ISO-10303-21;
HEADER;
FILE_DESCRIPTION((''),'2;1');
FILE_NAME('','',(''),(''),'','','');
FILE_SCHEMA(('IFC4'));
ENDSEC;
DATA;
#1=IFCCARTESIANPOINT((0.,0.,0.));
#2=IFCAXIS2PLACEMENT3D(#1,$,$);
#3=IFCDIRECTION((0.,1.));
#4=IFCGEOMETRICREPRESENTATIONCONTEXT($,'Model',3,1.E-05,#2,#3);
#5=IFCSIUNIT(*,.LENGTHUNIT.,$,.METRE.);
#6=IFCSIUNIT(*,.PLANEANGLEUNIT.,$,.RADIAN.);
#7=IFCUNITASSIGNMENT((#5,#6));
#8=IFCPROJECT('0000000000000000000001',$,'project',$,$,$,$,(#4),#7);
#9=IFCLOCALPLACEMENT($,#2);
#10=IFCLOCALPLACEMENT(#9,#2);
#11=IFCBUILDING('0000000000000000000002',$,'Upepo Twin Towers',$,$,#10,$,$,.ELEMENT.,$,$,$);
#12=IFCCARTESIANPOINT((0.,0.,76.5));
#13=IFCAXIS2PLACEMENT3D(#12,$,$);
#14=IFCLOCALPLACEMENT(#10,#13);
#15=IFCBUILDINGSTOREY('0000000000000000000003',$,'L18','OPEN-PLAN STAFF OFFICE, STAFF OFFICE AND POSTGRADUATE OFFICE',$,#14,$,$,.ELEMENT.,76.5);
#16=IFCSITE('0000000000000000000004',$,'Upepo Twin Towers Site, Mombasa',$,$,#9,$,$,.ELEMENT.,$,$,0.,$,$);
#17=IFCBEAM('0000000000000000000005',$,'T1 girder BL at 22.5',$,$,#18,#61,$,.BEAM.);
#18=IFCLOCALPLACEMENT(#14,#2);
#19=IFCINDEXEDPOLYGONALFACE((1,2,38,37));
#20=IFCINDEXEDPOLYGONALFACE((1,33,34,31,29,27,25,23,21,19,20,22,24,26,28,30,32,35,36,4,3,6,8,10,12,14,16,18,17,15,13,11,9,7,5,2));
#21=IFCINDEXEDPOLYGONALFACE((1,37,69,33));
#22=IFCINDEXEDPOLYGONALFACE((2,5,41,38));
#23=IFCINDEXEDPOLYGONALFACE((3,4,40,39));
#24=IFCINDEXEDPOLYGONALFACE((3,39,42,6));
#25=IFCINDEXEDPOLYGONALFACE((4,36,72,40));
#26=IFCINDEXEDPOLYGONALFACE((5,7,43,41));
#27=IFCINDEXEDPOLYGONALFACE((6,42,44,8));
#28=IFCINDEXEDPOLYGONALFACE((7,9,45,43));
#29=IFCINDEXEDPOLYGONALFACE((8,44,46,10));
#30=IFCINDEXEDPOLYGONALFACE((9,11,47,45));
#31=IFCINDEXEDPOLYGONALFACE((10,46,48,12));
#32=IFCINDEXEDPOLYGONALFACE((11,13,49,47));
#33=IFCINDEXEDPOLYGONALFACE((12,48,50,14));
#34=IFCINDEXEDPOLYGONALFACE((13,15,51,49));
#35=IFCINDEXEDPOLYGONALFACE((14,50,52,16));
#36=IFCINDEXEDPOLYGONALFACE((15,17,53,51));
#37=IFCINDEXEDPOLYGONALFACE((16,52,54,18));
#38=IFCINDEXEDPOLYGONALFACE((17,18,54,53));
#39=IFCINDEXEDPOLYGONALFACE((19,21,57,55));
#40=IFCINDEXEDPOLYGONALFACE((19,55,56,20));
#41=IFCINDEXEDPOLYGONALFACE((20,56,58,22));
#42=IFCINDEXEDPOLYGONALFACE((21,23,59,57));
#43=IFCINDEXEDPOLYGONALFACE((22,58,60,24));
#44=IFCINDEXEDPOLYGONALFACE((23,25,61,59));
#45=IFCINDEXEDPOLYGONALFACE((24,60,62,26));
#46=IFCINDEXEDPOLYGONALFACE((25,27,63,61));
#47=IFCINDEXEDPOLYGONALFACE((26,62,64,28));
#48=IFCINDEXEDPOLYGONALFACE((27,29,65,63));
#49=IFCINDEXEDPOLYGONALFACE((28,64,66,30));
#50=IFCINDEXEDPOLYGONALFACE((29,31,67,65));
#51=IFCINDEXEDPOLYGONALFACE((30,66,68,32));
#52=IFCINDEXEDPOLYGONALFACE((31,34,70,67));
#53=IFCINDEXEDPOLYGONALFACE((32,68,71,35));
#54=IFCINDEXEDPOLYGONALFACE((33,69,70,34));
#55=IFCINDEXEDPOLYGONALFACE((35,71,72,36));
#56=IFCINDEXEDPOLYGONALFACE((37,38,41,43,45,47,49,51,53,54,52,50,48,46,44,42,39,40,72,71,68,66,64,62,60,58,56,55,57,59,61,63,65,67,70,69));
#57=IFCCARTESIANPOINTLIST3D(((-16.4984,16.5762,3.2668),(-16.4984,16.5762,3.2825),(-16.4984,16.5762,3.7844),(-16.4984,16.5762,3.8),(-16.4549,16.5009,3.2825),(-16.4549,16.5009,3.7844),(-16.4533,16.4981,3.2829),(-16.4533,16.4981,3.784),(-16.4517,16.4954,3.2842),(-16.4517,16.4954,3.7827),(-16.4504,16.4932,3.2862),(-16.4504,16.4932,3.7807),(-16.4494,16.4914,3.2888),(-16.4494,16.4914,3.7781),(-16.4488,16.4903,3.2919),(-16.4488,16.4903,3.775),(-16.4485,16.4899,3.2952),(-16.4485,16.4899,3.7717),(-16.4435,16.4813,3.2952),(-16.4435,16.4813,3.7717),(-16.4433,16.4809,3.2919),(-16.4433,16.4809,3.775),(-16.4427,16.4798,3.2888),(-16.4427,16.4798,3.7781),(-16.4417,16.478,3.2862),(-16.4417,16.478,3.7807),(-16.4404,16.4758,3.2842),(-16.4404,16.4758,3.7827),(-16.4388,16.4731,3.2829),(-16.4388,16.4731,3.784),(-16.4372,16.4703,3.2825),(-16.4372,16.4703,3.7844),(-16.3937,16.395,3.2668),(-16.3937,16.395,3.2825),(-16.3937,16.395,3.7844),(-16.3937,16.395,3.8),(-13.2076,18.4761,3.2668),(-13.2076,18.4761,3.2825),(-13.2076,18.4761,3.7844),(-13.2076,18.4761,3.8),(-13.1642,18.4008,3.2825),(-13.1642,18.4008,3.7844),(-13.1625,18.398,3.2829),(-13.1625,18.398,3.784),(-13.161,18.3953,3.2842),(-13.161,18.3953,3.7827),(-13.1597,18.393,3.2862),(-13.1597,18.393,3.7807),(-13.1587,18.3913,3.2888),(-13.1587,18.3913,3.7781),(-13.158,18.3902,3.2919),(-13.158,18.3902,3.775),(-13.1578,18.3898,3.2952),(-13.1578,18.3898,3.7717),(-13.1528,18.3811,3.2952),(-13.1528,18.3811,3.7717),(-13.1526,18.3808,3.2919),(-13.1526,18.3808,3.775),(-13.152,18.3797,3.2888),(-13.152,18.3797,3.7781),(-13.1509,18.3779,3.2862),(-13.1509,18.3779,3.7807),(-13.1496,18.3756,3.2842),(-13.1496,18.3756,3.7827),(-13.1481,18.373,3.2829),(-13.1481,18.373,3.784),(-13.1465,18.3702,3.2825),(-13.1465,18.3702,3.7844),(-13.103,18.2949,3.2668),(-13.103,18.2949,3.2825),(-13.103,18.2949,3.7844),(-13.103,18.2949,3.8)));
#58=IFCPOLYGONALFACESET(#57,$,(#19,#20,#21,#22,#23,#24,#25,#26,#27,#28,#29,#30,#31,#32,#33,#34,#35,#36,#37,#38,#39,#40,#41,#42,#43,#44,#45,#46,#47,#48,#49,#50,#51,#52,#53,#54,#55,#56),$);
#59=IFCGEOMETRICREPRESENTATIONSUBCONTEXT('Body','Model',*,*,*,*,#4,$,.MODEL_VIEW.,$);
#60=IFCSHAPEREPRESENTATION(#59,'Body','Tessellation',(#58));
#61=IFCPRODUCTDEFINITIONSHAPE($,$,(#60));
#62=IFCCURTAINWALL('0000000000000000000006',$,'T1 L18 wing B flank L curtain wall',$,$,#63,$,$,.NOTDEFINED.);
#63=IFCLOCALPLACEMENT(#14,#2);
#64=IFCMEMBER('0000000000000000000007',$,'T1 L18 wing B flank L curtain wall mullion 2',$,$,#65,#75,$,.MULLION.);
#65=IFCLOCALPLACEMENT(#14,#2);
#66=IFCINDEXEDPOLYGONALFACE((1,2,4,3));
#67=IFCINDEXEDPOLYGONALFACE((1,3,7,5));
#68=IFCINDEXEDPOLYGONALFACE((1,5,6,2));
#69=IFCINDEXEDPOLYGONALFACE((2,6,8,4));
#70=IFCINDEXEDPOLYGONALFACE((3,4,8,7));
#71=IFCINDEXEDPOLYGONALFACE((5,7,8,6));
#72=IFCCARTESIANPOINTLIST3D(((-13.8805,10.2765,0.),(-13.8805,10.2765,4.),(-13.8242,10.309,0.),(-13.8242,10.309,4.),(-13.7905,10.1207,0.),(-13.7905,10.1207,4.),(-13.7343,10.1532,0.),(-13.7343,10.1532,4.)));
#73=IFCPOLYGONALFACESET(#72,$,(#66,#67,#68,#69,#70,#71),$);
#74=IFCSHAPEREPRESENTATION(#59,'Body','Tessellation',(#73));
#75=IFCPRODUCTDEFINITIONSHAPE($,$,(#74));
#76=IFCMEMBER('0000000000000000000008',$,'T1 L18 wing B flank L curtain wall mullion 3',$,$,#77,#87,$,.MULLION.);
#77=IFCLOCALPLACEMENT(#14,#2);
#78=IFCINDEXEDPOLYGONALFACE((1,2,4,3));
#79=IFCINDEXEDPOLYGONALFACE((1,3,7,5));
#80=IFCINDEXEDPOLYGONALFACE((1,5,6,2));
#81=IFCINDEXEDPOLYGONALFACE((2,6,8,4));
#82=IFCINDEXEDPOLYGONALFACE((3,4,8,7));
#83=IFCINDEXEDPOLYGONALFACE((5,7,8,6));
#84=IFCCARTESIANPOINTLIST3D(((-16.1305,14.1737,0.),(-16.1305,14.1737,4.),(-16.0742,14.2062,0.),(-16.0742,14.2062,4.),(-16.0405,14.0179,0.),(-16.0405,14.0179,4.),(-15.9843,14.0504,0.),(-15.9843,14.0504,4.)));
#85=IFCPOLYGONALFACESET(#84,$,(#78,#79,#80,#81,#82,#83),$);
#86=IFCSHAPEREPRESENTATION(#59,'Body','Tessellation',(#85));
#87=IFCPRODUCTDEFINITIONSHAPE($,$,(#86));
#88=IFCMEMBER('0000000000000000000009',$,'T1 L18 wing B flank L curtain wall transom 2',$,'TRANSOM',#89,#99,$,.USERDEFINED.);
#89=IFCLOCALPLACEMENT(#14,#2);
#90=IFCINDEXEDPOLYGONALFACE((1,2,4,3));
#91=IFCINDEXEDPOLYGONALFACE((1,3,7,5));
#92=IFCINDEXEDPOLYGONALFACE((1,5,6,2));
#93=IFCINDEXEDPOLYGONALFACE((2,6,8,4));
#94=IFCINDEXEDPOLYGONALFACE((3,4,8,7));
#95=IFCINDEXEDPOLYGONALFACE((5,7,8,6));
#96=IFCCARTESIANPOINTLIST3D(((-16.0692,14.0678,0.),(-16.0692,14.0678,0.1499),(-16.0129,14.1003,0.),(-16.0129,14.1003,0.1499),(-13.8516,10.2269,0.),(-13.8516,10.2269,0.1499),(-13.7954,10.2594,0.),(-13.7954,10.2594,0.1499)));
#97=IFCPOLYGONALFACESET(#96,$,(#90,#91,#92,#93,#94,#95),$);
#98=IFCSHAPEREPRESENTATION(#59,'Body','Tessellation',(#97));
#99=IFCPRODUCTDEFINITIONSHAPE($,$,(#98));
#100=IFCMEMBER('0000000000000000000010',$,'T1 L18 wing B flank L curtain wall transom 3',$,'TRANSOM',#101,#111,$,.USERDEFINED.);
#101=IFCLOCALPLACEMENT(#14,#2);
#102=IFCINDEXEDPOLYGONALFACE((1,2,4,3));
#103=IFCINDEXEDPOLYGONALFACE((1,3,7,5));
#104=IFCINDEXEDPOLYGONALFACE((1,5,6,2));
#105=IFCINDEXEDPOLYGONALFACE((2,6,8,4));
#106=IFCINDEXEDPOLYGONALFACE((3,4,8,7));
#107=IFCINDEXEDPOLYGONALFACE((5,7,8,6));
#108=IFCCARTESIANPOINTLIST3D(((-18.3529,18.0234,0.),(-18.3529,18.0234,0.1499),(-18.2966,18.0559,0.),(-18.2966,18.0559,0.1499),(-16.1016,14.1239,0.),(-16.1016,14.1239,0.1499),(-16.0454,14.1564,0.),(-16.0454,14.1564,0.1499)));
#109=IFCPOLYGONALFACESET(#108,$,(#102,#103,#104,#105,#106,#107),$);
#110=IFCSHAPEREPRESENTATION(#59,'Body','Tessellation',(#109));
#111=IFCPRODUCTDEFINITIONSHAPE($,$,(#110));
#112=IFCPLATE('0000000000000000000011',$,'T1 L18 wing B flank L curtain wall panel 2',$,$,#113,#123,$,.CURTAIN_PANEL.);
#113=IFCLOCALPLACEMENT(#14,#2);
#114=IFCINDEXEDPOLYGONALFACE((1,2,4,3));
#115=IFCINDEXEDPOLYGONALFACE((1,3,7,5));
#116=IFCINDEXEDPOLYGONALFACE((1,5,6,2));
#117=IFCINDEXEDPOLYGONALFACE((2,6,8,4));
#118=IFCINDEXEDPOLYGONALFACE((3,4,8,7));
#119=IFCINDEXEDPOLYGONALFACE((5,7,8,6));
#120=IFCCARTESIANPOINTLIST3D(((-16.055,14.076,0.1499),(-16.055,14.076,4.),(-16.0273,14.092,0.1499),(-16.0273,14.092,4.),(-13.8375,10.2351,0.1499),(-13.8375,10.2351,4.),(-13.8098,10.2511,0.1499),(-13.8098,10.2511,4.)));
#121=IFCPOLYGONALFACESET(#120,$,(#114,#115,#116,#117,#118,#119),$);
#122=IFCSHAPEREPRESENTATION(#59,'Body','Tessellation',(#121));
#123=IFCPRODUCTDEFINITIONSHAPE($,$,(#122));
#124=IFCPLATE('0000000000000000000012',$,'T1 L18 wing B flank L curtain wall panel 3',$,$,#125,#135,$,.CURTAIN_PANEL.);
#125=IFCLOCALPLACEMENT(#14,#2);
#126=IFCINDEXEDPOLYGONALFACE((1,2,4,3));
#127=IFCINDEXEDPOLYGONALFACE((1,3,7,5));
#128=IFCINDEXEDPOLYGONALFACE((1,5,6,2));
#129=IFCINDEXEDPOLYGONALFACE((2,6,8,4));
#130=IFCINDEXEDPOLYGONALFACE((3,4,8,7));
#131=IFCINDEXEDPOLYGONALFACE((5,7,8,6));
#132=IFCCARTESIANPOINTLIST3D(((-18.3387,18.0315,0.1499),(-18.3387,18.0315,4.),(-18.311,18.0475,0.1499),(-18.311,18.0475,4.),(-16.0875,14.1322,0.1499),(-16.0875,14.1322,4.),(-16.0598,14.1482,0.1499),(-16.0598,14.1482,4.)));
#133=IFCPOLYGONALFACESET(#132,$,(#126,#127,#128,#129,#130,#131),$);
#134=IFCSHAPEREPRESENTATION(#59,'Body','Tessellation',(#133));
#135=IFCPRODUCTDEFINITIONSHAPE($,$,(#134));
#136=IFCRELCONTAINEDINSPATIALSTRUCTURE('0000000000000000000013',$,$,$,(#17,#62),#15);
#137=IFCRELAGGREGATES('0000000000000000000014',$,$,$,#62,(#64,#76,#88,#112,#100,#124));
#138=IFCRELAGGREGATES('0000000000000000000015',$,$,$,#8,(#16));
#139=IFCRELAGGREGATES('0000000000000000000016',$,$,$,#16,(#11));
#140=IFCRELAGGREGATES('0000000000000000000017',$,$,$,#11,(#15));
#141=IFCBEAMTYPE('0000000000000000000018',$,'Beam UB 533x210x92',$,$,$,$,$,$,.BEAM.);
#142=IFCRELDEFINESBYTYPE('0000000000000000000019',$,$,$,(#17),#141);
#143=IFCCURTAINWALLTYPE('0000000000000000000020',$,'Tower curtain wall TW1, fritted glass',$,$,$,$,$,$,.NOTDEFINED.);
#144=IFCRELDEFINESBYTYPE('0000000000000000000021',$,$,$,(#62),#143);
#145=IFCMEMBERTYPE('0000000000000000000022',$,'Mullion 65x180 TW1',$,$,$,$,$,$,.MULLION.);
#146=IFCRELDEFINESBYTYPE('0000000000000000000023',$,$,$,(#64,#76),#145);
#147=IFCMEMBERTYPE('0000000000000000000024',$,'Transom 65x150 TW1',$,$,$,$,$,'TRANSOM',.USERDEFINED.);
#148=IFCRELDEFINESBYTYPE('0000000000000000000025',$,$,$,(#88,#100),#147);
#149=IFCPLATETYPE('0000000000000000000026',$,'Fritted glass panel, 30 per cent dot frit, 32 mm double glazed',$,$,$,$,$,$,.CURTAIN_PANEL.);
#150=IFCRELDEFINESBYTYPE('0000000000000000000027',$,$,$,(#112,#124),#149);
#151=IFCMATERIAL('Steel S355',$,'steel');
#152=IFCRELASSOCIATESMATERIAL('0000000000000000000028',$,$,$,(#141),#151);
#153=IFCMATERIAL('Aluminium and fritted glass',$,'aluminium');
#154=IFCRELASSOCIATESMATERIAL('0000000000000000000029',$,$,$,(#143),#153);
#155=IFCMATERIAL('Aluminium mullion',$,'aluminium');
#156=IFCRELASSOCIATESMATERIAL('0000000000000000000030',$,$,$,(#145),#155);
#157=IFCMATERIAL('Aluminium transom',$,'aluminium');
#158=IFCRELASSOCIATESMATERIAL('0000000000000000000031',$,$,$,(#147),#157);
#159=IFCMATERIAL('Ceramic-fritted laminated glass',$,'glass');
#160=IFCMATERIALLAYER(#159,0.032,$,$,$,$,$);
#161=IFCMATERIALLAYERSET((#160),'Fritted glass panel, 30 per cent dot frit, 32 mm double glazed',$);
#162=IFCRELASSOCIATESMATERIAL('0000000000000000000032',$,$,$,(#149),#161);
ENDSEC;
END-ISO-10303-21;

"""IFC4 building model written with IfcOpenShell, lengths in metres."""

from ifc_helpers import new_model, si_unit, direction, frame, origin, origin_2d, place, context, subcontext, project, spatial, rectangle, i_section, extrude, material, layer, layer_set, material_profile, profile_set, type_object, element, aggregate, save


model = new_model("IFC4")

# Units and contexts
model_context = context("Model", 3, precision=1e-05, world=origin(), true_north=direction((0.0, 1.0)))
body_context = subcontext(model_context, "Body", "Model", "MODEL_VIEW")
ifc_project = project(units=[si_unit("LENGTHUNIT", "METRE"), si_unit("PLANEANGLEUNIT", "RADIAN")], contexts=[model_context])

# Site, building, storey
site_placement = place(None, origin())
site = spatial("IfcSite", under=ifc_project, at=site_placement, Name="Upepo Twin Towers Site, Mombasa", CompositionType="ELEMENT", RefElevation=0.0)
building_placement = place(site_placement, origin())
building = spatial("IfcBuilding", under=site, at=building_placement, Name="Upepo Twin Towers", CompositionType="ELEMENT")
storey_placement = place(building_placement, frame((0.0, 0.0, 76.5)))
storey = spatial("IfcBuildingStorey", under=building, at=storey_placement, Name="L18", Description="OPEN-PLAN STAFF OFFICE, STAFF OFFICE AND POSTGRADUATE OFFICE", CompositionType="ELEMENT", Elevation=76.5)

# Beam
ifc_material_1 = material(Name="Steel S355", Category="steel")
ifc_material_profile_1 = material_profile(ifc_material_1, i_section(OverallWidth=0.2092, OverallDepth=0.5332, WebThickness=0.01, FlangeThickness=0.0156, FilletRadius=0.0127, at=origin_2d()), Name="UB 533x210x92")
ifc_profile_set_1 = profile_set([ifc_material_profile_1], Name="Steel S355")
beam_type_1 = type_object("IfcBeamType", Name="Beam UB 533x210x92", PredefinedType="BEAM", material=ifc_profile_set_1)
beam_1_placement = place(storey_placement, frame((-16.446, 16.4856, 3.5334), z_axis=(0.866028, 0.499995, 0.0), x_axis=(-0.499995, 0.866028, 0.0)))
element("IfcBeam", 1, at=beam_1_placement, inside=storey, type_object=beam_type_1, Name="T1 girder BL at 22.5", PredefinedType="BEAM", context=body_context, shape_type="SweptSolid", body=[
    extrude(i_section(OverallWidth=0.2092, OverallDepth=0.5332, WebThickness=0.01, FlangeThickness=0.0156, FilletRadius=0.0127, at=origin_2d()), origin(), (0.0, 0.0, 1.0), 3.7998),
])

# Curtain wall, members, plates
ifc_material_2 = material(Name="Aluminium and fritted glass", Category="aluminium")
curtain_wall_type = type_object("IfcCurtainWallType", Name="Tower curtain wall TW1, fritted glass", PredefinedType="NOTDEFINED", material=ifc_material_2)
curtain_wall_placement = place(storey_placement, origin())
curtain_wall = element("IfcCurtainWall", 2, at=curtain_wall_placement, inside=storey, type_object=curtain_wall_type, Name="T1 L18 wing B flank L curtain wall", PredefinedType="NOTDEFINED")
ifc_material_3 = material(Name="Aluminium mullion", Category="aluminium")
ifc_material_profile_2 = material_profile(ifc_material_3, rectangle(XDim=0.0649, YDim=0.1799, at=origin_2d()), Name="MULLION 65x180")
ifc_profile_set_2 = profile_set([ifc_material_profile_2], Name="Aluminium mullion")
member_type_1 = type_object("IfcMemberType", Name="Mullion 65x180 TW1", PredefinedType="MULLION", material=ifc_profile_set_2)
member_1_placement = place(storey_placement, frame((-13.8074, 10.2148, 0.0), z_axis=(0.0, 0.0, 1.0), x_axis=(-0.866025, -0.5, 0.0)))
member_1 = element("IfcMember", 3, at=member_1_placement, type_object=member_type_1, Name="T1 L18 wing B flank L curtain wall mullion 2", PredefinedType="MULLION", context=body_context, shape_type="SweptSolid", body=[
    extrude(rectangle(XDim=0.0649, YDim=0.1799, at=origin_2d()), origin(), (0.0, 0.0, 1.0), 4.0),
])
member_2_placement = place(storey_placement, frame((-16.0574, 14.1121, 0.0), z_axis=(0.0, 0.0, 1.0), x_axis=(-0.866025, -0.5, 0.0)))
member_2 = element("IfcMember", 4, at=member_2_placement, type_object=member_type_1, Name="T1 L18 wing B flank L curtain wall mullion 3", PredefinedType="MULLION", context=body_context, shape_type="SweptSolid", body=[
    extrude(rectangle(XDim=0.0649, YDim=0.1799, at=origin_2d()), origin(), (0.0, 0.0, 1.0), 4.0),
])
ifc_material_4 = material(Name="Aluminium transom", Category="aluminium")
ifc_material_profile_3 = material_profile(ifc_material_4, rectangle(XDim=0.0649, YDim=0.1499, at=origin_2d()), Name="TRANSOM 65x150")
ifc_profile_set_3 = profile_set([ifc_material_profile_3], Name="Aluminium transom")
member_type_2 = type_object("IfcMemberType", Name="Transom 65x150 TW1", ElementType="TRANSOM", PredefinedType="USERDEFINED", material=ifc_profile_set_3)
member_3_placement = place(storey_placement, frame((-13.8235, 10.2432, 0.075), z_axis=(-0.500005, 0.866022, 0.0), x_axis=(-0.866022, -0.500005, 0.0)))
member_3 = element("IfcMember", 5, at=member_3_placement, type_object=member_type_2, Name="T1 L18 wing B flank L curtain wall transom 2", ObjectType="TRANSOM", PredefinedType="USERDEFINED", context=body_context, shape_type="SweptSolid", body=[
    extrude(rectangle(XDim=0.0649, YDim=0.1499, at=origin_2d()), origin(), (0.0, 0.0, 1.0), 4.4351),
])
member_4_placement = place(storey_placement, frame((-16.0735, 14.1401, 0.075), z_axis=(-0.499982, 0.866036, 0.0), x_axis=(-0.866036, -0.499982, 0.0)))
member_4 = element("IfcMember", 6, at=member_4_placement, type_object=member_type_2, Name="T1 L18 wing B flank L curtain wall transom 3", ObjectType="TRANSOM", PredefinedType="USERDEFINED", context=body_context, shape_type="SweptSolid", body=[
    extrude(rectangle(XDim=0.0649, YDim=0.1499, at=origin_2d()), origin(), (0.0, 0.0, 1.0), 4.5027),
])
ifc_material_5 = material(Name="Ceramic-fritted laminated glass", Category="glass")
ifc_layer_1 = layer(ifc_material_5, 0.032)
ifc_layer_set_1 = layer_set([ifc_layer_1], Name="Fritted glass panel, 30 per cent dot frit, 32 mm double glazed")
plate_type = type_object("IfcPlateType", Name="Fritted glass panel, 30 per cent dot frit, 32 mm double glazed", PredefinedType="CURTAIN_PANEL", material=ifc_layer_set_1)
plate_1_placement = place(storey_placement, frame((-14.9324, 12.1636, 0.1499), z_axis=(0.0, 0.0, 1.0), x_axis=(-0.5, 0.866025, 0.0)))
plate_1 = element("IfcPlate", 7, at=plate_1_placement, type_object=plate_type, Name="T1 L18 wing B flank L curtain wall panel 2", PredefinedType="CURTAIN_PANEL", context=body_context, shape_type="SweptSolid", body=[
    extrude(rectangle(XDim=4.4351, YDim=0.032, at=origin_2d()), origin(), (0.0, 0.0, 1.0), 3.8501),
])
plate_2_placement = place(storey_placement, frame((-17.1992, 16.0898, 0.1499), z_axis=(0.0, 0.0, 1.0), x_axis=(-0.5, 0.866025, 0.0)))
plate_2 = element("IfcPlate", 8, at=plate_2_placement, type_object=plate_type, Name="T1 L18 wing B flank L curtain wall panel 3", PredefinedType="CURTAIN_PANEL", context=body_context, shape_type="SweptSolid", body=[
    extrude(rectangle(XDim=4.5024, YDim=0.032, at=origin_2d()), origin(), (0.0, 0.0, 1.0), 3.8501),
])
aggregate(curtain_wall, [member_1, member_2, member_3, plate_1, member_4, plate_2])

save(model, "model.ifc")
